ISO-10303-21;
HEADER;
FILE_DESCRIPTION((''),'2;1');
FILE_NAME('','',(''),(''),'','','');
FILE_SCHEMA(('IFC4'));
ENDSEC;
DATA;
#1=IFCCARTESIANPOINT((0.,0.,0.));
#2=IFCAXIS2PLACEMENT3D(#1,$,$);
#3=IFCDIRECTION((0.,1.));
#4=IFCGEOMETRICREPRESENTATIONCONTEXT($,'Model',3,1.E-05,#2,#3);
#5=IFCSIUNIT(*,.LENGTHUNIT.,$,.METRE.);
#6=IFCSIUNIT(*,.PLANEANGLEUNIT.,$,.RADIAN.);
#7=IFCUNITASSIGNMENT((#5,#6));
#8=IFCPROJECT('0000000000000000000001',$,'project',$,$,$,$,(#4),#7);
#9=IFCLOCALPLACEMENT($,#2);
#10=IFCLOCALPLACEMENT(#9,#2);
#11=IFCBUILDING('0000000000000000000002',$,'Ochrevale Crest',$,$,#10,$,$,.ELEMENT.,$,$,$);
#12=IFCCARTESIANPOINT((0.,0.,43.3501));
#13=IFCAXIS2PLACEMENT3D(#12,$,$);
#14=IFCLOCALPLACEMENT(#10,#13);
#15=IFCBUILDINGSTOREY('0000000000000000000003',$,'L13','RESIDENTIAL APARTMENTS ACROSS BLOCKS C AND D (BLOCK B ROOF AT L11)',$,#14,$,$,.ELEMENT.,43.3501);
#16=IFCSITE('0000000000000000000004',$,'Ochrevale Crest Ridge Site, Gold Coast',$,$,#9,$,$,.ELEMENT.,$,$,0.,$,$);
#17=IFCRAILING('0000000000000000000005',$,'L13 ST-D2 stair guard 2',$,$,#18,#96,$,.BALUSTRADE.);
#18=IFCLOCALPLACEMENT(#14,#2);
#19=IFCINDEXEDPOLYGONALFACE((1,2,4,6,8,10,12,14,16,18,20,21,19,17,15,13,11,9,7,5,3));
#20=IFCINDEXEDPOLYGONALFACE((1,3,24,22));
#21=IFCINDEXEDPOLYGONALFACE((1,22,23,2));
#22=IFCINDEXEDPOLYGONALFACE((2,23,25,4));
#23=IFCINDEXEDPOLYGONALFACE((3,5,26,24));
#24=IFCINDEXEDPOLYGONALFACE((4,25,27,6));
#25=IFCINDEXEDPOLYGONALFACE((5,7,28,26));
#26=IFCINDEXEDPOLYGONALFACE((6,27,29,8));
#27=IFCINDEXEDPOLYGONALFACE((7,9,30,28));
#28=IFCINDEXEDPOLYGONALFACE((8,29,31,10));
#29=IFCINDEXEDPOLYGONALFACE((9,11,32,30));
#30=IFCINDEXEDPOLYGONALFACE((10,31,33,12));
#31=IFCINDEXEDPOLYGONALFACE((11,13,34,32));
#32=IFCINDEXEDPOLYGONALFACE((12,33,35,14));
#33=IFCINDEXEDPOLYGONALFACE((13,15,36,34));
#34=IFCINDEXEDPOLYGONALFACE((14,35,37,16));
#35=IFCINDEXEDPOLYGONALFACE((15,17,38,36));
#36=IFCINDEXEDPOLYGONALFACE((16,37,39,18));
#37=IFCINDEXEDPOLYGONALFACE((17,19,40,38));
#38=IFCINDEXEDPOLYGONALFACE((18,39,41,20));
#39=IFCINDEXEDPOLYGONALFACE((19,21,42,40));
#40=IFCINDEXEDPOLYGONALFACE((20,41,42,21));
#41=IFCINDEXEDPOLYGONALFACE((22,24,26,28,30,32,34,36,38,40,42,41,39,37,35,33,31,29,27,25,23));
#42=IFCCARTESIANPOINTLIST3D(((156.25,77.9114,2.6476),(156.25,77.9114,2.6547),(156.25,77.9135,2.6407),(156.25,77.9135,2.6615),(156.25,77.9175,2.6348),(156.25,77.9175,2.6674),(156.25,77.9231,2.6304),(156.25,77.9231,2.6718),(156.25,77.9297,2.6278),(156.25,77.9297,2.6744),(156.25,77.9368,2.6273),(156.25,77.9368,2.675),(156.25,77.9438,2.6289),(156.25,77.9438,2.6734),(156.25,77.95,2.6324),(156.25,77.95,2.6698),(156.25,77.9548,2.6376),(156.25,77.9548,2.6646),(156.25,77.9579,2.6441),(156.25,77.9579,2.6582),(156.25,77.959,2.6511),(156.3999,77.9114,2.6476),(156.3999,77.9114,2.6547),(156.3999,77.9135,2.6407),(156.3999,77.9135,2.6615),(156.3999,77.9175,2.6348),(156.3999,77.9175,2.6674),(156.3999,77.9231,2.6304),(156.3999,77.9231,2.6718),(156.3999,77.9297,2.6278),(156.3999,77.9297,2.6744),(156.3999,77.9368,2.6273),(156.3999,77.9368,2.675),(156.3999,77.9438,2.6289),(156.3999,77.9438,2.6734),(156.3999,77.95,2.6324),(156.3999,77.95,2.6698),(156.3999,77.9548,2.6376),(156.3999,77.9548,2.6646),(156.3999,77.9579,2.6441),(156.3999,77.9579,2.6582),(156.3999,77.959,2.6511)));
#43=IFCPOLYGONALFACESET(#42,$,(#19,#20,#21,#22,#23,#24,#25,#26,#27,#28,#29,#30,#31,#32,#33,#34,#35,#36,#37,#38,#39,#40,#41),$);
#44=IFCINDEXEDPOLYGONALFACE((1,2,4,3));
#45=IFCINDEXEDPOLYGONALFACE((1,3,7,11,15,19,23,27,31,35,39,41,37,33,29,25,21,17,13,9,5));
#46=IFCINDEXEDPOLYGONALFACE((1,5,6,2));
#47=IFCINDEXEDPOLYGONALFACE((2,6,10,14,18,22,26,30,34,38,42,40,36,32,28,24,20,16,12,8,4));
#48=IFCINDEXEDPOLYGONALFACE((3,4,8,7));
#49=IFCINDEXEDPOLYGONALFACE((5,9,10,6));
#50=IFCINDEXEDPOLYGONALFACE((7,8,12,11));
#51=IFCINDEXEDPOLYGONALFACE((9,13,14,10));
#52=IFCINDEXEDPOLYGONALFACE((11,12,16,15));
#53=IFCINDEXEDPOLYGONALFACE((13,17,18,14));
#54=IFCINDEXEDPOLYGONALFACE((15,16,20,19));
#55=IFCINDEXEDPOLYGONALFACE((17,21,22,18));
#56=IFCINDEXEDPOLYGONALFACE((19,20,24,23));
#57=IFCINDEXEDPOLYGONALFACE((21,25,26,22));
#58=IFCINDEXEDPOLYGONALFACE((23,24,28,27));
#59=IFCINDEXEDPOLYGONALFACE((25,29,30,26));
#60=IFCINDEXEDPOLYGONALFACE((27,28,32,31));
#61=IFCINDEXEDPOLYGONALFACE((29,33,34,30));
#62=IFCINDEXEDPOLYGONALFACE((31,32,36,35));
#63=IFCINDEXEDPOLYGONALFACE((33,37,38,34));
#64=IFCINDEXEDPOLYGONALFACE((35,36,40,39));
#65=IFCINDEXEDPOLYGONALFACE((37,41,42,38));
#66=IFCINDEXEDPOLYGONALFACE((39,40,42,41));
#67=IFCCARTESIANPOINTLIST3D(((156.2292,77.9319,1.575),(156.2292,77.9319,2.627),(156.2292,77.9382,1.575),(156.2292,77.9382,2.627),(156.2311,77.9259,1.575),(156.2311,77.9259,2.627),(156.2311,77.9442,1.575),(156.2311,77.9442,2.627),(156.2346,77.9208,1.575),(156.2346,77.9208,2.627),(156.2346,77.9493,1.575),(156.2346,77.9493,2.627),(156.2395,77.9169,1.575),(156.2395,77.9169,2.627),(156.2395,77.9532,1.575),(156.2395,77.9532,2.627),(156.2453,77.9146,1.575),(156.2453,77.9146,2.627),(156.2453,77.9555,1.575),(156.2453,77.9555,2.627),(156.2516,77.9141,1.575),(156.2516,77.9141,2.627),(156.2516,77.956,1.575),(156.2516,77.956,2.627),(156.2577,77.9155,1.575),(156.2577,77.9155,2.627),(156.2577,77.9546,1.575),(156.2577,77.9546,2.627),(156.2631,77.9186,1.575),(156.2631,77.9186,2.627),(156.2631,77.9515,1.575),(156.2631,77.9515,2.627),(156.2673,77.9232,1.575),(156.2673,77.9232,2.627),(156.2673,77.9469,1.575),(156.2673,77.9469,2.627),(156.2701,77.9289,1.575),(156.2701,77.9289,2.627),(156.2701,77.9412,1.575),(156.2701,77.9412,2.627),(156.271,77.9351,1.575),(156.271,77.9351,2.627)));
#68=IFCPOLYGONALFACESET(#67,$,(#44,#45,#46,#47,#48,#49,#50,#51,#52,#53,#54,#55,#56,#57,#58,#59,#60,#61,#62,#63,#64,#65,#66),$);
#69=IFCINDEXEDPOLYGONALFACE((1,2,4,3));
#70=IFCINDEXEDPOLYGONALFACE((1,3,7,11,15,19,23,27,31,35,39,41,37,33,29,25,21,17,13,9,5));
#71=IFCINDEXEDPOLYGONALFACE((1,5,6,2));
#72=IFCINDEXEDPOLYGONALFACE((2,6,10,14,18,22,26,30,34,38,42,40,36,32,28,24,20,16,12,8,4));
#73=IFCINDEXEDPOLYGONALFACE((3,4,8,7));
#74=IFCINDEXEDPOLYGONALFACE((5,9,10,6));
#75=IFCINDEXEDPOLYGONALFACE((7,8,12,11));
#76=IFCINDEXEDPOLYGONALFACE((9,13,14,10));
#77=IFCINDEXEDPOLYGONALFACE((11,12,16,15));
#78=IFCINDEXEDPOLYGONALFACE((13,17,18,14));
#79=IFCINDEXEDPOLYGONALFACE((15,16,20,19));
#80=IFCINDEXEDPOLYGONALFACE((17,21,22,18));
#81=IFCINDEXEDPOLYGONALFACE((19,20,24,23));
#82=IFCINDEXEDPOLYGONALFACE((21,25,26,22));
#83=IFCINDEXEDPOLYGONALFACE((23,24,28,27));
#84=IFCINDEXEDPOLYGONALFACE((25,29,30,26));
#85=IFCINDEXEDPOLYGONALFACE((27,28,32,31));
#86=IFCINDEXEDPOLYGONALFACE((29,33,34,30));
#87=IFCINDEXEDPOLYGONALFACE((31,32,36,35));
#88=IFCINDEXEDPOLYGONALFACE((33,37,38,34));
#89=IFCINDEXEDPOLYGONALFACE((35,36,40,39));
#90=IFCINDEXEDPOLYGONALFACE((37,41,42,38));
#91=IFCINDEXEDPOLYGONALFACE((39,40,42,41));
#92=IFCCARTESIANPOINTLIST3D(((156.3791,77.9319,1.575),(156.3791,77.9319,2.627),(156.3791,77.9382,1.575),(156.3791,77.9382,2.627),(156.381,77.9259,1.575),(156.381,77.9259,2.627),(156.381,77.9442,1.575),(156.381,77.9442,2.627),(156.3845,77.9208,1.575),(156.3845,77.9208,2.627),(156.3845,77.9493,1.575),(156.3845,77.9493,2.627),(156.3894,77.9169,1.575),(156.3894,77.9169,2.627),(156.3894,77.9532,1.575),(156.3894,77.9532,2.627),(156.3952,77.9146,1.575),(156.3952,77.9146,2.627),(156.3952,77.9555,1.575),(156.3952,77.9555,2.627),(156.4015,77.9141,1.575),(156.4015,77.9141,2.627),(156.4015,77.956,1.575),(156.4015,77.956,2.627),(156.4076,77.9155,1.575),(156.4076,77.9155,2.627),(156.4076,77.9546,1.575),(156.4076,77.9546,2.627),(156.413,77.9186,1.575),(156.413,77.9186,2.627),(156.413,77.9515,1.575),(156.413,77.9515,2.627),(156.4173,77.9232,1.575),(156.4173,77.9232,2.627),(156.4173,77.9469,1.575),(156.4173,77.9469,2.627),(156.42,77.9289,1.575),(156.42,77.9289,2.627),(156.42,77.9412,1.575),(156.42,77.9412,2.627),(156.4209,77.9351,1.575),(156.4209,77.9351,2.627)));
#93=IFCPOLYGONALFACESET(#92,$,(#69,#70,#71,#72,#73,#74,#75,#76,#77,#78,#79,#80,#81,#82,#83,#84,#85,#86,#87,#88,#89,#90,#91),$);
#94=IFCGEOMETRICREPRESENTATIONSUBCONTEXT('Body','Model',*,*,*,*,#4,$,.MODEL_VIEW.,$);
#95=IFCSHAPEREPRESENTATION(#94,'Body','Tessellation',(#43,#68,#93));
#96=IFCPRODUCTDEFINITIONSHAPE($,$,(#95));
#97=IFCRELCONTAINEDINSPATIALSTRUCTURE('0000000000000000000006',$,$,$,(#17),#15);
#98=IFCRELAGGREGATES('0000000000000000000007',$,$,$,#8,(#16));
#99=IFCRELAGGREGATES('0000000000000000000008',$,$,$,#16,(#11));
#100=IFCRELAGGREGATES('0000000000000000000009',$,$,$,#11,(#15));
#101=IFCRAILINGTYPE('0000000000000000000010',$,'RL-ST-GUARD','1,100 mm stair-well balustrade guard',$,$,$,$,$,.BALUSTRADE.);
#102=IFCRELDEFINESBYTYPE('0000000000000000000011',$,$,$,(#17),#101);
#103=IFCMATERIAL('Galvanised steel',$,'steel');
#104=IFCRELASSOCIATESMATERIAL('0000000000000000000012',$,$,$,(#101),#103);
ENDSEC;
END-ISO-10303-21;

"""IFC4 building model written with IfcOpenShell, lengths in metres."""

from ifc_helpers import new_model, si_unit, direction, frame, origin, origin_2d, place, context, subcontext, project, spatial, circle, extrude, material, type_object, element, save


model = new_model("IFC4")

# Units and contexts
model_context = context("Model", 3, precision=1e-05, world=origin(), true_north=direction((0.0, 1.0)))
body_context = subcontext(model_context, "Body", "Model", "MODEL_VIEW")
ifc_project = project(units=[si_unit("LENGTHUNIT", "METRE"), si_unit("PLANEANGLEUNIT", "RADIAN")], contexts=[model_context])

# Site, building, storey
site_placement = place(None, origin())
site = spatial("IfcSite", under=ifc_project, at=site_placement, Name="Ochrevale Crest Ridge Site, Gold Coast", CompositionType="ELEMENT", RefElevation=0.0)
building_placement = place(site_placement, origin())
building = spatial("IfcBuilding", under=site, at=building_placement, Name="Ochrevale Crest", CompositionType="ELEMENT")
storey_placement = place(building_placement, frame((0.0, 0.0, 43.3501)))
storey = spatial("IfcBuildingStorey", under=building, at=storey_placement, Name="L13", Description="RESIDENTIAL APARTMENTS ACROSS BLOCKS C AND D (BLOCK B ROOF AT L11)", CompositionType="ELEMENT", Elevation=43.3501)

# Railing
ifc_material_1 = material(Name="Galvanised steel", Category="steel")
railing_type_1 = type_object("IfcRailingType", Name="RL-ST-GUARD", Description="1,100 mm stair-well balustrade guard", PredefinedType="BALUSTRADE", material=ifc_material_1)
railing_1_placement = place(storey_placement, frame((156.25, 77.9351, 1.575)))
element("IfcRailing", 1, at=railing_1_placement, inside=storey, type_object=railing_type_1, Name="L13 ST-D2 stair guard 2", PredefinedType="BALUSTRADE", context=body_context, shape_type="SweptSolid", body=[
    extrude(circle(Radius=0.0239, at=origin_2d()), frame((0.0, 0.0, 1.0762), z_axis=(1.0, 0.0, 0.0), x_axis=(0.0, 1.0, 0.0)), (0.0, 0.0, 1.0), 0.1499),
    extrude(circle(Radius=0.021, at=origin_2d()), origin(), (0.0, 0.0, 1.0), 1.052),
    extrude(circle(Radius=0.021, at=origin_2d()), frame((0.1499, 0.0, 0.0)), (0.0, 0.0, 1.0), 1.052),
])

save(model, "model.ifc")
